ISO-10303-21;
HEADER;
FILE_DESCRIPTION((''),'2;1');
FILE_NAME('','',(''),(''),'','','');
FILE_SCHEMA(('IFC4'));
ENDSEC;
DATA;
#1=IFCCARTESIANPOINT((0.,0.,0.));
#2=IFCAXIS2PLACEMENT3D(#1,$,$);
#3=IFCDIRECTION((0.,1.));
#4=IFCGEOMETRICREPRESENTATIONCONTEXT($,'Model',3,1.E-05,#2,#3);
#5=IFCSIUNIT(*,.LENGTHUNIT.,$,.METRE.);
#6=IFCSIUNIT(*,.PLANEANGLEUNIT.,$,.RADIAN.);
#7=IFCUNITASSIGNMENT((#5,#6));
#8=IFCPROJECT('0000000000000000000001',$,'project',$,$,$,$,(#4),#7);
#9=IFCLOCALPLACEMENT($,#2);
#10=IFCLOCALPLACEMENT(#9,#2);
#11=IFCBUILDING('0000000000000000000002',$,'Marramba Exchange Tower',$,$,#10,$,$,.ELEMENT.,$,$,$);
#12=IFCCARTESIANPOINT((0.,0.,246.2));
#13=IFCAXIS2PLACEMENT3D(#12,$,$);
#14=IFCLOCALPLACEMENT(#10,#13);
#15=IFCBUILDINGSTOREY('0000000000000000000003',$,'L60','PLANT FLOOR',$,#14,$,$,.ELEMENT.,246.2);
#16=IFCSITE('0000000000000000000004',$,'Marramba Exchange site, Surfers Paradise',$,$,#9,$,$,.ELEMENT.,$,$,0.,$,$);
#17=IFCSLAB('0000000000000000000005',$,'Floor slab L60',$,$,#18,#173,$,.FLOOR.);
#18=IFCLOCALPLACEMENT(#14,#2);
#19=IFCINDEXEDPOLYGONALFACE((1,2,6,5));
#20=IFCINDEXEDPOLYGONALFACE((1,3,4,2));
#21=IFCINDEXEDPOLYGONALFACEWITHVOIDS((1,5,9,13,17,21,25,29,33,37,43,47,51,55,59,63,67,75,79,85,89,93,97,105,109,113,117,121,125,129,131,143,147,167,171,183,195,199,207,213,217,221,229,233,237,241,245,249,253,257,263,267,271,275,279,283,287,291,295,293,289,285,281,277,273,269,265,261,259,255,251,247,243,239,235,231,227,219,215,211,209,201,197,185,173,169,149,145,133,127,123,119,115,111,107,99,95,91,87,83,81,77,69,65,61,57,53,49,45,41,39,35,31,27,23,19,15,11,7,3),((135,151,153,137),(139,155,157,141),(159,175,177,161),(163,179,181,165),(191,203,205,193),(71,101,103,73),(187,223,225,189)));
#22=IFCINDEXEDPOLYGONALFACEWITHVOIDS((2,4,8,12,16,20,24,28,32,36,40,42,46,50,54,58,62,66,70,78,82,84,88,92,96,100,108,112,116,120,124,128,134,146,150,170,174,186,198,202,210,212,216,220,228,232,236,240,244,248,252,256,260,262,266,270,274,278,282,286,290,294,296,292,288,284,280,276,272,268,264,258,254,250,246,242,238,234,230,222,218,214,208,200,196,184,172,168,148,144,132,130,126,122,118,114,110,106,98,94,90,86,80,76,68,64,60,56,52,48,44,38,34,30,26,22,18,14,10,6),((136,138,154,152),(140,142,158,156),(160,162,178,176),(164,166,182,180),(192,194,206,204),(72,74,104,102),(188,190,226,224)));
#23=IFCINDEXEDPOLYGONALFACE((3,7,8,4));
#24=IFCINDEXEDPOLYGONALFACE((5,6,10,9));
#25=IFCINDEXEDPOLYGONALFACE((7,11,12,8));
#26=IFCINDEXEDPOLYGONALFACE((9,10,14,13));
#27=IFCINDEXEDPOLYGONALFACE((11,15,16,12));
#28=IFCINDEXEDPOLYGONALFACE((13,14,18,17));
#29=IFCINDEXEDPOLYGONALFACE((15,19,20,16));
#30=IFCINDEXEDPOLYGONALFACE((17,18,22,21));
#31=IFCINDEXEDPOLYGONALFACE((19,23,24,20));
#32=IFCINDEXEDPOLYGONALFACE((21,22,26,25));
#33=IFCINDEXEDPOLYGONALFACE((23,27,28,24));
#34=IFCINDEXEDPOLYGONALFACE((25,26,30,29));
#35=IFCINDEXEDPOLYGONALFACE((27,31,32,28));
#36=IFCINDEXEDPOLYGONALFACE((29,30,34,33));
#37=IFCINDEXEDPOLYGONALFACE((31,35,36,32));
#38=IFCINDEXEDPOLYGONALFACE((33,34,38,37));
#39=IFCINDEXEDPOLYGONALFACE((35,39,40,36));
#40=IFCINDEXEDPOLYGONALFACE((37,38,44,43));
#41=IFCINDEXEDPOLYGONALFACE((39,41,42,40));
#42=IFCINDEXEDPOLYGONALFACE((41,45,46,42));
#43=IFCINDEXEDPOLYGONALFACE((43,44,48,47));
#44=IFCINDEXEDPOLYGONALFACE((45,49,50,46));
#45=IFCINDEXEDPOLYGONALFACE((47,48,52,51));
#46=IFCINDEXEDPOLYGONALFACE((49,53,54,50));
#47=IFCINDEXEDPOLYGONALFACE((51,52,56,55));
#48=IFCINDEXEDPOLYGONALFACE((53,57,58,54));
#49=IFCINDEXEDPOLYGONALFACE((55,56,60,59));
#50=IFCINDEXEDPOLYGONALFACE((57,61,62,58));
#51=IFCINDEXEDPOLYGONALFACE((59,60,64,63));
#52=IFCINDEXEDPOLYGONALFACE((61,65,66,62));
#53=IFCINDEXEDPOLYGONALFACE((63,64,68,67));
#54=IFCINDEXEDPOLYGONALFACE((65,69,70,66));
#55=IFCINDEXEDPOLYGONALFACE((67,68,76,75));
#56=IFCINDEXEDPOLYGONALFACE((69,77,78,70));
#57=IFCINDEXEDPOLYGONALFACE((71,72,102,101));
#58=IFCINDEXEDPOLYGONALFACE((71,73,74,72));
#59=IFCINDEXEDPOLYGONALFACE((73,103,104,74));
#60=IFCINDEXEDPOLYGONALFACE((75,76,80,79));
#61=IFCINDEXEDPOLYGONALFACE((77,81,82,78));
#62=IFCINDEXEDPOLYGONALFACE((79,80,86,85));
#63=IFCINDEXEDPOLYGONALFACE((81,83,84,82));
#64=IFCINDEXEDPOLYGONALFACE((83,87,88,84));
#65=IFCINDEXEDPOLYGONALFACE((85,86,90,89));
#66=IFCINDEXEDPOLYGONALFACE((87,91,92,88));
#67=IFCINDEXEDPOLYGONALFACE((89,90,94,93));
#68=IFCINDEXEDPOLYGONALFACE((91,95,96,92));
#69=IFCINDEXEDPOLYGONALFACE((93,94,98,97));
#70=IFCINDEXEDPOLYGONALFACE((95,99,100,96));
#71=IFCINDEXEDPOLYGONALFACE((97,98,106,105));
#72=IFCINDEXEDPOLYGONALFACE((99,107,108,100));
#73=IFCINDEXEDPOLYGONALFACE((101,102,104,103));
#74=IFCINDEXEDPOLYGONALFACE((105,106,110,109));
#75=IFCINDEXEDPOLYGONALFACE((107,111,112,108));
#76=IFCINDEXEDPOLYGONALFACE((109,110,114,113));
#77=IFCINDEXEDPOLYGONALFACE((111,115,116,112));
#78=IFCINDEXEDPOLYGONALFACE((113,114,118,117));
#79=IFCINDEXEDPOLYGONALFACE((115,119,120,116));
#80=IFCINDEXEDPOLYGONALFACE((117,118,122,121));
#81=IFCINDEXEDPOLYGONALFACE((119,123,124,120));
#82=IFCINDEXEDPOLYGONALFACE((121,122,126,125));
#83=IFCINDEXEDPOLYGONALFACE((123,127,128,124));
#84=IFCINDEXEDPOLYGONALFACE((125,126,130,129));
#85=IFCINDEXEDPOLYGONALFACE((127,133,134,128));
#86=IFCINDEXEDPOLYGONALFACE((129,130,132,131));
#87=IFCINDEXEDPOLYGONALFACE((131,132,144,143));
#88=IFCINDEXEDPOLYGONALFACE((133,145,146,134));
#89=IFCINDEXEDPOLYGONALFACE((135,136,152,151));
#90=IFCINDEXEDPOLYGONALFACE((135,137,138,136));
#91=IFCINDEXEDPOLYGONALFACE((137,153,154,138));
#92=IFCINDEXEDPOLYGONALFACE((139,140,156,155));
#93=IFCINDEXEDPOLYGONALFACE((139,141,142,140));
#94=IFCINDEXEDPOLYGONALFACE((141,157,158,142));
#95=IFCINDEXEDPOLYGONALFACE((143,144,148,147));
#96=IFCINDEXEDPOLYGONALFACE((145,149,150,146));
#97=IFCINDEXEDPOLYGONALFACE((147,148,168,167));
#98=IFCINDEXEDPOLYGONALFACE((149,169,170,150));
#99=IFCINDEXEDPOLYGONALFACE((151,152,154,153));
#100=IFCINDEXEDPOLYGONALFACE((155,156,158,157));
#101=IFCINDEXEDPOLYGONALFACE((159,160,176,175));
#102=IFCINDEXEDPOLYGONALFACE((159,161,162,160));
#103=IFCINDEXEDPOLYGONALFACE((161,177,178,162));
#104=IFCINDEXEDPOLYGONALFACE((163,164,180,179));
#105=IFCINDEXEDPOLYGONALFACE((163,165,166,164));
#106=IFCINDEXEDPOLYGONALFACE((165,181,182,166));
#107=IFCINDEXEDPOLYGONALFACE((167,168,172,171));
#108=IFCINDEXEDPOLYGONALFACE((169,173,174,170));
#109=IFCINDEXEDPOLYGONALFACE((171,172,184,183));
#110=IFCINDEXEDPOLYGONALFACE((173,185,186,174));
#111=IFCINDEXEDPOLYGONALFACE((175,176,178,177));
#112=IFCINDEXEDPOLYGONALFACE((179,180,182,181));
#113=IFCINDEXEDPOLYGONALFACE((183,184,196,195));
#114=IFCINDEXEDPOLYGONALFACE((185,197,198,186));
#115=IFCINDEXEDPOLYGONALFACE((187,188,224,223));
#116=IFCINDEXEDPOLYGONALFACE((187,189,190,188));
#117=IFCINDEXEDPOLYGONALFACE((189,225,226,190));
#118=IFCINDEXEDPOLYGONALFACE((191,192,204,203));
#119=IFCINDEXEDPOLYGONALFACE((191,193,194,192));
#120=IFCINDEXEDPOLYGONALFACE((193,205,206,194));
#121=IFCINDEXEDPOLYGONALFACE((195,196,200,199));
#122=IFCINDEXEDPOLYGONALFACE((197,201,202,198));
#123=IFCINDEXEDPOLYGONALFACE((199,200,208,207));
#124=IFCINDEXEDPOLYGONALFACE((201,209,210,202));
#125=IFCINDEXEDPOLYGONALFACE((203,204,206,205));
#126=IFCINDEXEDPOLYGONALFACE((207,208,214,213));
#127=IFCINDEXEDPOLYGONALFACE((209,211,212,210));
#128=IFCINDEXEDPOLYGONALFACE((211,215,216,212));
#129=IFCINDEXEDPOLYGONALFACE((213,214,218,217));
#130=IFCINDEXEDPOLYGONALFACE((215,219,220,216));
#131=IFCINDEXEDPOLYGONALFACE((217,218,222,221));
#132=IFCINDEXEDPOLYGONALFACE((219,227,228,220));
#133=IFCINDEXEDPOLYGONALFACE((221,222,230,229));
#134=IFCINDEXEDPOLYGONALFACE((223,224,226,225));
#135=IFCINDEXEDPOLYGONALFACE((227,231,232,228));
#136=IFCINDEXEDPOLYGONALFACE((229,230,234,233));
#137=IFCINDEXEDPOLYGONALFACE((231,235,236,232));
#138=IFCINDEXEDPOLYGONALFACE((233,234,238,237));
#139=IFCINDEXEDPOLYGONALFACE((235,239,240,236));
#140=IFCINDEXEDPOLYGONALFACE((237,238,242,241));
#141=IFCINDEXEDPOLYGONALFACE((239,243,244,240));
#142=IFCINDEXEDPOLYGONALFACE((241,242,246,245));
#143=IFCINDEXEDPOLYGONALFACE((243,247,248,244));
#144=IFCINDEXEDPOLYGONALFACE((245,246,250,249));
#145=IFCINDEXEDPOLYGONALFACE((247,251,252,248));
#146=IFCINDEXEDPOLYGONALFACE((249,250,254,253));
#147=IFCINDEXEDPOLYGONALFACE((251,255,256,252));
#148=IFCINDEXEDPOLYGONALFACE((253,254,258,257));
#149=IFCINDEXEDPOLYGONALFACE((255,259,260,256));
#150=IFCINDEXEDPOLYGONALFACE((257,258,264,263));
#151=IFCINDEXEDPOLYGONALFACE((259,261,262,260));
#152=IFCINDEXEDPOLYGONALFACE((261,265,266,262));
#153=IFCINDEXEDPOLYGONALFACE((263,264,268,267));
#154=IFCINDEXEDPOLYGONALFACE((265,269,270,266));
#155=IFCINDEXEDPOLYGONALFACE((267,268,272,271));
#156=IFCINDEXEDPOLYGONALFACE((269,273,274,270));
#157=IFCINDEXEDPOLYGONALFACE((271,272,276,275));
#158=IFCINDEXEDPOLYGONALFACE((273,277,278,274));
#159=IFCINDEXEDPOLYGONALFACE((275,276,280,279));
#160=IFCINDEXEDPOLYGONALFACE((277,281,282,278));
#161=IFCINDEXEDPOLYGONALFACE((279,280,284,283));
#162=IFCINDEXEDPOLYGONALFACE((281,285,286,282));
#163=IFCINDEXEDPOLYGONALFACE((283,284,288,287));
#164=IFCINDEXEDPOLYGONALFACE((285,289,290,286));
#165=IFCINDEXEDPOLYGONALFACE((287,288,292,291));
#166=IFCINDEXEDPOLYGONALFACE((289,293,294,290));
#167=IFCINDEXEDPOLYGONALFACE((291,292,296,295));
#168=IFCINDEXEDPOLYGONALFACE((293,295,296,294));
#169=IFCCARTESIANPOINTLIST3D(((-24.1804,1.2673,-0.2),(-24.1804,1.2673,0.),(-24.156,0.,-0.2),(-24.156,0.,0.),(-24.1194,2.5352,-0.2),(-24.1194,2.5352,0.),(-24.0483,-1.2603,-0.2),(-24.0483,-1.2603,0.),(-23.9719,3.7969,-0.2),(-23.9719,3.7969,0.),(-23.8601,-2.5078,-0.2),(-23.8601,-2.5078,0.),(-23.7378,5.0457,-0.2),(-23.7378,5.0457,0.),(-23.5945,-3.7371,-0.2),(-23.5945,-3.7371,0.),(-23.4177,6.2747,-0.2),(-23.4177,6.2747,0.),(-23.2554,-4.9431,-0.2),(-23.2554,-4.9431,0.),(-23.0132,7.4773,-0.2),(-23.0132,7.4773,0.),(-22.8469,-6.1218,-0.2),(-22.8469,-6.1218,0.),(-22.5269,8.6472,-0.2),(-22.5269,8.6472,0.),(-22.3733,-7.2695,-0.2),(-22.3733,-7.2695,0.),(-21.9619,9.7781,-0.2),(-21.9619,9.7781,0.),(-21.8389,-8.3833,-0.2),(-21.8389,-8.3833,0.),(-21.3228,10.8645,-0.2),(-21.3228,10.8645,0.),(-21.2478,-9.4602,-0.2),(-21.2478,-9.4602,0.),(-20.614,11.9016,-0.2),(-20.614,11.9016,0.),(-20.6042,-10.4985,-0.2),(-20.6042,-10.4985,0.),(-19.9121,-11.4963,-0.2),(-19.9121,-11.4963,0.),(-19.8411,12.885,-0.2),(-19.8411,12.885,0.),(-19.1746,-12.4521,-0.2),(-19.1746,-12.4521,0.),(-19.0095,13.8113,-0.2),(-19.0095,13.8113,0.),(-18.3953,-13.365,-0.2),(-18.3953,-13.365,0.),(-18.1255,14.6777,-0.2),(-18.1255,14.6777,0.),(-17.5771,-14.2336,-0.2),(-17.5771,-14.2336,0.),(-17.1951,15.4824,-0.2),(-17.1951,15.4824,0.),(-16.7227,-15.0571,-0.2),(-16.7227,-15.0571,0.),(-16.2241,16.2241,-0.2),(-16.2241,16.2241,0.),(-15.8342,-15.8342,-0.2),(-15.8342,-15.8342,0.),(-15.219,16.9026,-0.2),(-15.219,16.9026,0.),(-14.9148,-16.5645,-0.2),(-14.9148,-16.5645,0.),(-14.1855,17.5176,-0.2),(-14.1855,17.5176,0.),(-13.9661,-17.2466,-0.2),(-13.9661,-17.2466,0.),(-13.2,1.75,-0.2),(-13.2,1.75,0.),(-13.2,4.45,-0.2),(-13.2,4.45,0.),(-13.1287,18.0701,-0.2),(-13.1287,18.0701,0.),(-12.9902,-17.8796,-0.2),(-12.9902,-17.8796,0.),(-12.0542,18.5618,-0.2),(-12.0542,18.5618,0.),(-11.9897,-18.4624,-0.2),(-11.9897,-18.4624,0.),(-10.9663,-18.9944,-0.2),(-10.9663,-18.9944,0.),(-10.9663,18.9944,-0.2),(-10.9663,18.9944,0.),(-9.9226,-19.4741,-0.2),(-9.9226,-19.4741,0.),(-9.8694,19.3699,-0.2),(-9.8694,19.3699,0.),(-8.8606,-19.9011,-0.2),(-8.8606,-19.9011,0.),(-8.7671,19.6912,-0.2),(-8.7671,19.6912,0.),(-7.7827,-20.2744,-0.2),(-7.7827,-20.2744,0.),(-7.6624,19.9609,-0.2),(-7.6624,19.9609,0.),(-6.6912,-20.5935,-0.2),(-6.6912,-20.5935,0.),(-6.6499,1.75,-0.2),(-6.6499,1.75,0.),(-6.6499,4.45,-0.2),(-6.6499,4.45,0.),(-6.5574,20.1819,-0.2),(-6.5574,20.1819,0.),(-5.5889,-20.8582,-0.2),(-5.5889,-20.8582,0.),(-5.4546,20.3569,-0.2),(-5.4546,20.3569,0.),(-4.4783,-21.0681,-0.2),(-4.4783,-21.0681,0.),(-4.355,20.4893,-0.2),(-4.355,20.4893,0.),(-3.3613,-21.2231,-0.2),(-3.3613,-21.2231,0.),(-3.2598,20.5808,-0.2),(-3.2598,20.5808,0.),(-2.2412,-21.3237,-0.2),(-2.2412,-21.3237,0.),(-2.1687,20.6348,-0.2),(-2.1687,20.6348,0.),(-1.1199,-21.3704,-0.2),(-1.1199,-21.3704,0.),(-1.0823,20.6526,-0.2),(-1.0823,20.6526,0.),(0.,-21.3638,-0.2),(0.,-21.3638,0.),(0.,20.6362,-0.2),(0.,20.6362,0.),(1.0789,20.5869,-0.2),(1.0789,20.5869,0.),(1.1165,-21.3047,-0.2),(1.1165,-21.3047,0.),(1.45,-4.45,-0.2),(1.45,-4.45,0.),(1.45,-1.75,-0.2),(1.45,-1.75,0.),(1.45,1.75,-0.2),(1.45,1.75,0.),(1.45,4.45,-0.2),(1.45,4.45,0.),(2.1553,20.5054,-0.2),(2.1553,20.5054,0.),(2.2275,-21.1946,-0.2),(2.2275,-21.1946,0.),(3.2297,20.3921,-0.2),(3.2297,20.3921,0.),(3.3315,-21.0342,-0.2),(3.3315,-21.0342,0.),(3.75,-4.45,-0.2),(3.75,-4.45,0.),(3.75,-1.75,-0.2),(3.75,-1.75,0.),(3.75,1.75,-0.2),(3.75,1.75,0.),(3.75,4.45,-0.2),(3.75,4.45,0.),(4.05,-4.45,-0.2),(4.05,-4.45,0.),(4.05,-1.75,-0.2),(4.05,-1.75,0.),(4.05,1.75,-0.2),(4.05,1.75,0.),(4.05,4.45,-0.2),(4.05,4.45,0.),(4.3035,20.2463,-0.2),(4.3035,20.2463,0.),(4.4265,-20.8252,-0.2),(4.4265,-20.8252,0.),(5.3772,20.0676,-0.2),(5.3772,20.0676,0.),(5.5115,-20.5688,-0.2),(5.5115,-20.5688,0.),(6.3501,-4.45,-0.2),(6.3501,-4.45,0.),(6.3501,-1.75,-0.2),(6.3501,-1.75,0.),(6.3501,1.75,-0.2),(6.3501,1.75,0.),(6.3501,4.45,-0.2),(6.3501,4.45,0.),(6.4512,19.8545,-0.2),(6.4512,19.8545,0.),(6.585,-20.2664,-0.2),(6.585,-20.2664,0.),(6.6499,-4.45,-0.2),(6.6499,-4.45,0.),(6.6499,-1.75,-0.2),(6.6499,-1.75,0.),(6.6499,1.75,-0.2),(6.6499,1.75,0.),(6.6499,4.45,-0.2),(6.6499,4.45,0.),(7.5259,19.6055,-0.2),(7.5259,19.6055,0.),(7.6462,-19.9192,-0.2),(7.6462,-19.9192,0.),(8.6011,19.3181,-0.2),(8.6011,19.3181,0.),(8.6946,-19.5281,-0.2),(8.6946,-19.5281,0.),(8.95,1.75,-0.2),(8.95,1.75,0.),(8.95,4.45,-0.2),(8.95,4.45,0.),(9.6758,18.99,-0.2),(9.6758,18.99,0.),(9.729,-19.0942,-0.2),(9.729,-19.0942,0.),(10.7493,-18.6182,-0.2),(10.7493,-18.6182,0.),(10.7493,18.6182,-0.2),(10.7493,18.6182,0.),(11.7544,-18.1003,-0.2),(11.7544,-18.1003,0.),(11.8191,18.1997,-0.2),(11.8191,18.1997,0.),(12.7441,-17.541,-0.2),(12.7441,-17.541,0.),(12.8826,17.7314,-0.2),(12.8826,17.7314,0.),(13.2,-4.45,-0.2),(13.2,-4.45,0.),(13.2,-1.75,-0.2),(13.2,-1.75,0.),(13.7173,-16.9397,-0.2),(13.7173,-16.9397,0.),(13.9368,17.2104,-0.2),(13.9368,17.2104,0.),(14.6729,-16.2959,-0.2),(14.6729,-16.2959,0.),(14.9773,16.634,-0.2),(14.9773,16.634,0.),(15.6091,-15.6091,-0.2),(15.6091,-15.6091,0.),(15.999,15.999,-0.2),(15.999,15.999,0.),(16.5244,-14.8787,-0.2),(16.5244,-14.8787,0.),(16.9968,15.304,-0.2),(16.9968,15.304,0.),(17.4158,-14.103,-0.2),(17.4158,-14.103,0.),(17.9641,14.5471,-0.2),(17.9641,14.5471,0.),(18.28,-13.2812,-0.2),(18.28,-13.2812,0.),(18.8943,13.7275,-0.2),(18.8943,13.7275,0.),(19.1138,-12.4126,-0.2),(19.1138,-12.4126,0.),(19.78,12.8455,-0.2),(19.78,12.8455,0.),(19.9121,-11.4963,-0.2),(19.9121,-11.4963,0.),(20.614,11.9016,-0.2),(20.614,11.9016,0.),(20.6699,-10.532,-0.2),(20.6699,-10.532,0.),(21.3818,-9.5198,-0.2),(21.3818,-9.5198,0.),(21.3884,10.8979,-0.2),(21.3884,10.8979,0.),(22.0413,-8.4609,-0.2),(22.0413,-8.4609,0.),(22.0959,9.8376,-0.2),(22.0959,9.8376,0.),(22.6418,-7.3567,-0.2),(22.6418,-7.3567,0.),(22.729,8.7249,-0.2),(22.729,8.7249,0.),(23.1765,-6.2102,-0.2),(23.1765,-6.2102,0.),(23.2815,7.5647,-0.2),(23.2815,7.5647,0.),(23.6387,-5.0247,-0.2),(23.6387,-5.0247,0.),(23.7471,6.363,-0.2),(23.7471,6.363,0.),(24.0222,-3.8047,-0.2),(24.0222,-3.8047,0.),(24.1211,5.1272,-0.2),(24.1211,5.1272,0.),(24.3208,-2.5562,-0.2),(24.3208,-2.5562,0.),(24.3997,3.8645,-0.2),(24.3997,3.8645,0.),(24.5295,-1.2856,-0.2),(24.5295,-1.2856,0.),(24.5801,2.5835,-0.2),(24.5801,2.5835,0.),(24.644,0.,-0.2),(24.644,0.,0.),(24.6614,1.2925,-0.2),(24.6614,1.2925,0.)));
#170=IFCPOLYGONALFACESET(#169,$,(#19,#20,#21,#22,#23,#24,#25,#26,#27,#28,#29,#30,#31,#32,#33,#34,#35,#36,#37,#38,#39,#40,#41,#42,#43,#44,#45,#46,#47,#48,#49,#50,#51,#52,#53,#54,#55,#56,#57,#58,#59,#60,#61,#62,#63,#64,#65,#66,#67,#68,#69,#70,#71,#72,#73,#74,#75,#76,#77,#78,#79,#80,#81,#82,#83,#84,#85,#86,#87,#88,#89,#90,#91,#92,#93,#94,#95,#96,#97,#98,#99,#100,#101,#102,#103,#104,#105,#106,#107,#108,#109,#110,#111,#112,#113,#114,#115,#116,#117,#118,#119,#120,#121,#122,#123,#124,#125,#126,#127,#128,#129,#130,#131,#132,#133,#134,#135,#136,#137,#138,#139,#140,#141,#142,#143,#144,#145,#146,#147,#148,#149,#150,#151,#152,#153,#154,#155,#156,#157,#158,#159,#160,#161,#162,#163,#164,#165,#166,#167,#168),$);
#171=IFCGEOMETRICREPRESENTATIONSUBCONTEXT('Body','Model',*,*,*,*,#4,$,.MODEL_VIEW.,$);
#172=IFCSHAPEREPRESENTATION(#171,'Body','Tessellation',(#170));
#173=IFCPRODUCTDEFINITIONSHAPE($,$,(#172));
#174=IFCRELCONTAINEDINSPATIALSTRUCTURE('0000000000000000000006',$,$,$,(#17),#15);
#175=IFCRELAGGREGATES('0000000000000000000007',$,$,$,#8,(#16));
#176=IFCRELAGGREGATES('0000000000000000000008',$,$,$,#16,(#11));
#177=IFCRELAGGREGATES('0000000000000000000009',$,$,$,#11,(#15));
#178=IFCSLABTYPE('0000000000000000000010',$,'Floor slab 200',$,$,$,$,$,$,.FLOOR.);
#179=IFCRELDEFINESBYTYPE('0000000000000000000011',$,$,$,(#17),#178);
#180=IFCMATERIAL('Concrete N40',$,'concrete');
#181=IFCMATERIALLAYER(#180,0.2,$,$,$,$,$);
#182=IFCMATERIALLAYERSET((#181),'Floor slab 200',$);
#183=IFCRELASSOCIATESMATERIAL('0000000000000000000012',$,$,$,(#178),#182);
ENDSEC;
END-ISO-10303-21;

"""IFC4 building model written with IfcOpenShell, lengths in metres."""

from ifc_helpers import new_model, si_unit, direction, frame, origin, place, context, subcontext, project, spatial, polyline, outline, extrude, material, layer, layer_set, type_object, element, save


model = new_model("IFC4")

# Units and contexts
model_context = context("Model", 3, precision=1e-05, world=origin(), true_north=direction((0.0, 1.0)))
body_context = subcontext(model_context, "Body", "Model", "MODEL_VIEW")
ifc_project = project(units=[si_unit("LENGTHUNIT", "METRE"), si_unit("PLANEANGLEUNIT", "RADIAN")], contexts=[model_context])

# Site, building, storey
site_placement = place(None, origin())
site = spatial("IfcSite", under=ifc_project, at=site_placement, Name="Marramba Exchange site, Surfers Paradise", CompositionType="ELEMENT", RefElevation=0.0)
building_placement = place(site_placement, origin())
building = spatial("IfcBuilding", under=site, at=building_placement, Name="Marramba Exchange Tower", CompositionType="ELEMENT")
storey_placement = place(building_placement, frame((0.0, 0.0, 246.2)))
storey = spatial("IfcBuildingStorey", under=building, at=storey_placement, Name="L60", Description="PLANT FLOOR", CompositionType="ELEMENT", Elevation=246.2)

# Slab
ifc_material_1 = material(Name="Concrete N40", Category="concrete")
ifc_layer_1 = layer(ifc_material_1, 0.2)
ifc_layer_set_1 = layer_set([ifc_layer_1], Name="Floor slab 200")
slab_type = type_object("IfcSlabType", Name="Floor slab 200", PredefinedType="FLOOR", material=ifc_layer_set_1)
slab_placement = place(storey_placement, frame((0.0, 0.0, -0.2)))
element("IfcSlab", 1, at=slab_placement, inside=storey, type_object=slab_type, Name="Floor slab L60", PredefinedType="FLOOR", context=body_context, shape_type="SweptSolid", body=[
    extrude(outline(polyline([(24.644, 0.0), (24.6614, 1.2925), (24.5801, 2.5835), (24.3997, 3.8645), (24.1211, 5.1272), (23.7471, 6.363), (23.2815, 7.5647), (22.729, 8.7249), (22.0959, 9.8376), (21.3884, 10.8979), (20.614, 11.9016), (19.78, 12.8455), (18.8943, 13.7275), (17.9641, 14.5471), (16.9968, 15.304), (15.999, 15.999), (14.9773, 16.634), (13.9368, 17.2104), (12.8826, 17.7314), (11.8191, 18.1997), (10.7493, 18.6182), (9.6758, 18.99), (8.6011, 19.3181), (7.5259, 19.6055), (6.4512, 19.8545), (5.3772, 20.0676), (4.3035, 20.2463), (3.2297, 20.3921), (2.1553, 20.5054), (1.0789, 20.5869), (0.0, 20.6362), (-1.0823, 20.6526), (-2.1687, 20.6348), (-3.2598, 20.5808), (-4.355, 20.4893), (-5.4546, 20.3569), (-6.5574, 20.1819), (-7.6624, 19.9609), (-8.7671, 19.6912), (-9.8694, 19.3699), (-10.9663, 18.9944), (-12.0542, 18.5618), (-13.1287, 18.0701), (-14.1855, 17.5176), (-15.219, 16.9026), (-16.2241, 16.2241), (-17.1951, 15.4824), (-18.1255, 14.6777), (-19.0095, 13.8113), (-19.8411, 12.885), (-20.614, 11.9016), (-21.3228, 10.8645), (-21.9619, 9.7781), (-22.5269, 8.6472), (-23.0132, 7.4773), (-23.4177, 6.2747), (-23.7378, 5.0457), (-23.9719, 3.7969), (-24.1194, 2.5352), (-24.1804, 1.2673), (-24.156, 0.0), (-24.0483, -1.2603), (-23.8601, -2.5078), (-23.5945, -3.7371), (-23.2554, -4.9431), (-22.8469, -6.1218), (-22.3733, -7.2695), (-21.8389, -8.3833), (-21.2478, -9.4602), (-20.6042, -10.4985), (-19.9121, -11.4963), (-19.1746, -12.4521), (-18.3953, -13.365), (-17.5771, -14.2336), (-16.7227, -15.0571), (-15.8342, -15.8342), (-14.9148, -16.5645), (-13.9661, -17.2466), (-12.9902, -17.8796), (-11.9897, -18.4624), (-10.9663, -18.9944), (-9.9226, -19.4741), (-8.8606, -19.9011), (-7.7827, -20.2744), (-6.6912, -20.5935), (-5.5889, -20.8582), (-4.4783, -21.0681), (-3.3613, -21.2231), (-2.2412, -21.3237), (-1.1199, -21.3704), (0.0, -21.3638), (1.1165, -21.3047), (2.2275, -21.1946), (3.3315, -21.0342), (4.4265, -20.8252), (5.5115, -20.5688), (6.585, -20.2664), (7.6462, -19.9192), (8.6946, -19.5281), (9.729, -19.0942), (10.7493, -18.6182), (11.7544, -18.1003), (12.7441, -17.541), (13.7173, -16.9397), (14.6729, -16.2959), (15.6091, -15.6091), (16.5244, -14.8787), (17.4158, -14.103), (18.28, -13.2812), (19.1138, -12.4126), (19.9121, -11.4963), (20.6699, -10.532), (21.3818, -9.5198), (22.0413, -8.4609), (22.6418, -7.3567), (23.1765, -6.2102), (23.6387, -5.0247), (24.0222, -3.8047), (24.3208, -2.5562), (24.5295, -1.2856), (24.644, 0.0)]), holes=[polyline([(1.45, 1.75), (3.75, 1.75), (3.75, 4.45), (1.45, 4.45), (1.45, 1.75)]), polyline([(4.05, 1.75), (6.3501, 1.75), (6.3501, 4.45), (4.05, 4.45), (4.05, 1.75)]), polyline([(1.45, -4.45), (3.75, -4.45), (3.75, -1.75), (1.45, -1.75), (1.45, -4.45)]), polyline([(4.05, -4.45), (6.3501, -4.45), (6.3501, -1.75), (4.05, -1.75), (4.05, -4.45)]), polyline([(6.6499, 1.75), (8.95, 1.75), (8.95, 4.45), (6.6499, 4.45), (6.6499, 1.75)]), polyline([(-13.2, 1.75), (-6.6499, 1.75), (-6.6499, 4.45), (-13.2, 4.45), (-13.2, 1.75)]), polyline([(6.6499, -4.45), (13.2, -4.45), (13.2, -1.75), (6.6499, -1.75), (6.6499, -4.45)])]), origin(), (0.0, 0.0, 1.0), 0.2),
])

save(model, "model.ifc")
